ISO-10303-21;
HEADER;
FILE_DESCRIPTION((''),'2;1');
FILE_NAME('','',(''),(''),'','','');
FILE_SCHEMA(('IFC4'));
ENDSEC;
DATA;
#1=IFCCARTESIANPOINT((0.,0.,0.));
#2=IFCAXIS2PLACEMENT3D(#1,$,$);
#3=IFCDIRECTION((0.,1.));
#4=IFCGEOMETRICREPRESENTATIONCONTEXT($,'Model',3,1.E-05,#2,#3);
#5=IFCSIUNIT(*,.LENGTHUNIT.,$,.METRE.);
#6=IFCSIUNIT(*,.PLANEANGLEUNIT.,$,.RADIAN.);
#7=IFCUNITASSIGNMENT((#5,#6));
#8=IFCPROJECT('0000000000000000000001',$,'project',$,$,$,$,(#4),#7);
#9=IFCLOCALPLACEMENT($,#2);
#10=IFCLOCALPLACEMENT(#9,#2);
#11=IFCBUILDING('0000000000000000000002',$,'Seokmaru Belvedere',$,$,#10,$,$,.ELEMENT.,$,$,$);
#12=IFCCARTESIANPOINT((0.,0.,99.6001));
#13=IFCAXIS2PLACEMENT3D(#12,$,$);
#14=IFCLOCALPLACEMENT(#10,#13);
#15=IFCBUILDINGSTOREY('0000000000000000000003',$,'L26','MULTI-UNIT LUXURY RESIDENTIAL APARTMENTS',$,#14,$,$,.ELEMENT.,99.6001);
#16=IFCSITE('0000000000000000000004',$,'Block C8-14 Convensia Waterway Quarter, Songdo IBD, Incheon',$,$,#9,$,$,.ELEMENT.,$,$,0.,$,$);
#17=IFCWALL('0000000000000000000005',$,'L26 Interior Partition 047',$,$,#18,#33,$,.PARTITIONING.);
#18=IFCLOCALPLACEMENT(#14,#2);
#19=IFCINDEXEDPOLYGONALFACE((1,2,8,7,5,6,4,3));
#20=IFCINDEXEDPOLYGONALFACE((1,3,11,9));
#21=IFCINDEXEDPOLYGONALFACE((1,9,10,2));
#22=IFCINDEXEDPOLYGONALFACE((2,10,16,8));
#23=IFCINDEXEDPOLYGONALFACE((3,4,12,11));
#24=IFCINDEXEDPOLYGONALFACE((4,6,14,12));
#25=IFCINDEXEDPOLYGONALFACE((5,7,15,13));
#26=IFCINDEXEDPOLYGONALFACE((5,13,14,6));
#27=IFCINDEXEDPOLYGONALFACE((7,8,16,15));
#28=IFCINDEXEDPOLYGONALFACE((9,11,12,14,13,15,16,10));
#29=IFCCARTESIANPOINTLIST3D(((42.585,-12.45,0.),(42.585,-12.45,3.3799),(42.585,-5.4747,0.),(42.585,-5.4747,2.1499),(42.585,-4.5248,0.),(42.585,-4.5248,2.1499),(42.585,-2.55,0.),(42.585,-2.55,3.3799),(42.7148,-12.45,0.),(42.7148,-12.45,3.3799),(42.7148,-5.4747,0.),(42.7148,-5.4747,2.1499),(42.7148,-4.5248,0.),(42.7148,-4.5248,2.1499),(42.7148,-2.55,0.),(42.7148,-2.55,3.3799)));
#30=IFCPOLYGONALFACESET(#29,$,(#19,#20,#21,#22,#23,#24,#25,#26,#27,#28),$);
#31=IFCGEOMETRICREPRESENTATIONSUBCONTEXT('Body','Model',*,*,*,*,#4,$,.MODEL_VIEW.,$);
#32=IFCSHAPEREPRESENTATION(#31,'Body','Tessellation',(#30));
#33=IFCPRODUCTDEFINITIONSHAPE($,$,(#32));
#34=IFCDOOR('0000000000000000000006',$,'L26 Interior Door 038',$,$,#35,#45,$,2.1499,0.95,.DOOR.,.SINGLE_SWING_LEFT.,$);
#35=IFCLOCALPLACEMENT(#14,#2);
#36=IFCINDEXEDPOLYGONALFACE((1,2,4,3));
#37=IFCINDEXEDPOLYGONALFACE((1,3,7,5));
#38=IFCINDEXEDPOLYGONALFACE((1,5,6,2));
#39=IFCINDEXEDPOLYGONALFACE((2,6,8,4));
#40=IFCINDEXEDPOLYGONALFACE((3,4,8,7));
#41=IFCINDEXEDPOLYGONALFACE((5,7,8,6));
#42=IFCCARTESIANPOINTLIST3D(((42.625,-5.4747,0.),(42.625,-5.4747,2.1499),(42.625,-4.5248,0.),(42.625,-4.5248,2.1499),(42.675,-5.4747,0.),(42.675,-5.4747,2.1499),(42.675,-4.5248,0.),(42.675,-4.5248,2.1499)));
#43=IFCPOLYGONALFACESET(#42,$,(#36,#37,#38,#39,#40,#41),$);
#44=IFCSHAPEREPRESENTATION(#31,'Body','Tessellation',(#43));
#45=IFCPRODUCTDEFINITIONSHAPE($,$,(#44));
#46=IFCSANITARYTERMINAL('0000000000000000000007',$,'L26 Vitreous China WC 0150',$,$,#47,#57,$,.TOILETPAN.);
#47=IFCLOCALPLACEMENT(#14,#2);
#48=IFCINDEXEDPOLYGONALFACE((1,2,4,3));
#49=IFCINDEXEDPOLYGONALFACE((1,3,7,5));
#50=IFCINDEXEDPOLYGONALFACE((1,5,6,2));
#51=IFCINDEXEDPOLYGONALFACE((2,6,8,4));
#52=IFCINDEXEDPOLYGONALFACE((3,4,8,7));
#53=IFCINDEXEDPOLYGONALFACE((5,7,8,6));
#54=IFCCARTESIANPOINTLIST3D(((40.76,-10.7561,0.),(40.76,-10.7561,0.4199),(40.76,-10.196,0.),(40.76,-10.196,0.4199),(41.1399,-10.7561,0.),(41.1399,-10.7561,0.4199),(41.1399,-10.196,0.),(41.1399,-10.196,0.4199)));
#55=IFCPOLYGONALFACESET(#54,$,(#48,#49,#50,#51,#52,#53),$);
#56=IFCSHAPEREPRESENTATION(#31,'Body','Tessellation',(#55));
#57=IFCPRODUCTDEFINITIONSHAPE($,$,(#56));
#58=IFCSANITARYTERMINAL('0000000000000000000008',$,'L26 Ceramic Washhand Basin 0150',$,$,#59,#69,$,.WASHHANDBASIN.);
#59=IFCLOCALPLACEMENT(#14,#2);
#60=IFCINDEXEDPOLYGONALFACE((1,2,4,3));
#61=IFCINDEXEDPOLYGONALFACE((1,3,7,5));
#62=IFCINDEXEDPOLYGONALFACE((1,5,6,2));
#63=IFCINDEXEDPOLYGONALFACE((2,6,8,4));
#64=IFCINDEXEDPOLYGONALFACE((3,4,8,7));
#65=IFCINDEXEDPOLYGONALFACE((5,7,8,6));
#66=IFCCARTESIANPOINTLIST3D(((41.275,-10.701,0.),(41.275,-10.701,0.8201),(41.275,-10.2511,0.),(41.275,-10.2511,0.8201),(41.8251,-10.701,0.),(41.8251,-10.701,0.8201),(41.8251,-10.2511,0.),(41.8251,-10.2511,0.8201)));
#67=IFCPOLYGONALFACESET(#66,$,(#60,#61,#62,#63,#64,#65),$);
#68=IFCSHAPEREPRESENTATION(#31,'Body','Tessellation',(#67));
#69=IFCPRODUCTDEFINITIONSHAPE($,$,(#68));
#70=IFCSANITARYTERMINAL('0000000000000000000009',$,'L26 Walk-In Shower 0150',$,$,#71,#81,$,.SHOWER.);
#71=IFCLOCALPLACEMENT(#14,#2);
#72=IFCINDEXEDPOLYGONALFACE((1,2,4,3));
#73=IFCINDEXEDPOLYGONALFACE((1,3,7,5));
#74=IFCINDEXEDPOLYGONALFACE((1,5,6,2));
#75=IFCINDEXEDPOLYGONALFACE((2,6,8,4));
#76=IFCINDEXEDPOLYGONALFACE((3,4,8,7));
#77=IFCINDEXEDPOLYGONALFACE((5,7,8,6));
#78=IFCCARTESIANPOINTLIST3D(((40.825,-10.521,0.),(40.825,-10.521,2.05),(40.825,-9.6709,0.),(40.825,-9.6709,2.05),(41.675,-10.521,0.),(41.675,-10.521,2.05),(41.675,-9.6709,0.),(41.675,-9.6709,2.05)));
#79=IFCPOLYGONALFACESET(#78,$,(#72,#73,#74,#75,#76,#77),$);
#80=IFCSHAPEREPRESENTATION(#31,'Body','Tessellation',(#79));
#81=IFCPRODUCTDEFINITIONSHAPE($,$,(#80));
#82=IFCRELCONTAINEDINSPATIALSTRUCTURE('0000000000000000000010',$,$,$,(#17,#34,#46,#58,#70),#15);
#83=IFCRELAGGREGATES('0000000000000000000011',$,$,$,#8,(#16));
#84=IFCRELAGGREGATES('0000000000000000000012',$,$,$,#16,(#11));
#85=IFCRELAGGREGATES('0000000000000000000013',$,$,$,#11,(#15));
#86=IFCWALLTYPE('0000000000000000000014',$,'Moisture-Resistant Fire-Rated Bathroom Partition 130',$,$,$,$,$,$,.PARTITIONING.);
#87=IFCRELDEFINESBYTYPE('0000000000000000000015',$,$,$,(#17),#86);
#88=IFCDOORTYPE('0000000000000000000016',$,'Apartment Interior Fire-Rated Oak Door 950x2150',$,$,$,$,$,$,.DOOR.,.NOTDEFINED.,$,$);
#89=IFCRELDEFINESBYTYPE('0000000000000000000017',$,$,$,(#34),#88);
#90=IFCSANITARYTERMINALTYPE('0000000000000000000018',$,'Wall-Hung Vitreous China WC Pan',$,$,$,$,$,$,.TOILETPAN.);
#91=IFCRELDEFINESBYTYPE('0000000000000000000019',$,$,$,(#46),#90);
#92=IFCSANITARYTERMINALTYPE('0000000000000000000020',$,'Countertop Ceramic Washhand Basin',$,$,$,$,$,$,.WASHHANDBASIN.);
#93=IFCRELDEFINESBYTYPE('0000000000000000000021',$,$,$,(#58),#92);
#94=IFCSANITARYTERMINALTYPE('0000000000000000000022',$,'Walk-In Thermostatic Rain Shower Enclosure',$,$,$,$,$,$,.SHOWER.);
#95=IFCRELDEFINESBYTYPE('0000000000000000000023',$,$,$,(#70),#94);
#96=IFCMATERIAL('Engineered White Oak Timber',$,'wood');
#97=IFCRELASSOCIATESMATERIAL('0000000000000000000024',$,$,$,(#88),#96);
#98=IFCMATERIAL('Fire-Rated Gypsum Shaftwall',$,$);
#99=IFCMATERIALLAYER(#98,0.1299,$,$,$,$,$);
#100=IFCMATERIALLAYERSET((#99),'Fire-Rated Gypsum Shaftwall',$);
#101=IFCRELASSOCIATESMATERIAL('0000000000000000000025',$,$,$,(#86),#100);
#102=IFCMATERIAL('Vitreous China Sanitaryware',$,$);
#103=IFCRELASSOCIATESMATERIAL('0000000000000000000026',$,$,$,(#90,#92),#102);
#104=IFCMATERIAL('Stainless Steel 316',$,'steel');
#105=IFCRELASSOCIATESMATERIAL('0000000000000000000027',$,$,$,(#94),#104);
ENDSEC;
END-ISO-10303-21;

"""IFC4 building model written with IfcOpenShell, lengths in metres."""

from ifc_helpers import new_model, si_unit, direction, frame, frame_2d, origin, origin_2d, place, context, subcontext, project, spatial, rectangle, extrude, source, transform, mapped, material, layer, layer_set, type_object, type_shapes, element, fill, save


model = new_model("IFC4")

# Units and contexts
model_context = context("Model", 3, precision=1e-05, world=origin(), true_north=direction((0.0, 1.0)))
body_context = subcontext(model_context, "Body", "Model", "MODEL_VIEW")
ifc_project = project(units=[si_unit("LENGTHUNIT", "METRE"), si_unit("PLANEANGLEUNIT", "RADIAN")], contexts=[model_context])

# Site, building, storey
site_placement = place(None, origin())
site = spatial("IfcSite", under=ifc_project, at=site_placement, Name="Block C8-14 Convensia Waterway Quarter, Songdo IBD, Incheon", CompositionType="ELEMENT", RefElevation=0.0)
building_placement = place(site_placement, origin())
building = spatial("IfcBuilding", under=site, at=building_placement, Name="Seokmaru Belvedere", CompositionType="ELEMENT")
storey_placement = place(building_placement, frame((0.0, 0.0, 99.6001)))
storey = spatial("IfcBuildingStorey", under=building, at=storey_placement, Name="L26", Description="MULTI-UNIT LUXURY RESIDENTIAL APARTMENTS", CompositionType="ELEMENT", Elevation=99.6001)

# Shared definitions
ifc_material_1 = material(Name="Fire-Rated Gypsum Shaftwall")
ifc_material_2 = material(Name="Engineered White Oak Timber", Category="wood")
door_type_1 = type_object("IfcDoorType", Name="Apartment Interior Fire-Rated Oak Door 950x2150", OperationType="NOTDEFINED", PredefinedType="DOOR", material=ifc_material_2)
shared_shape_1 = source(origin(), body_context, "Body", "SweptSolid", [
    extrude(rectangle(XDim=0.95, YDim=2.1499, at=frame_2d((0.4751, 1.075))), frame((0.0, 0.0249, 0.0), z_axis=(0.0, -1.0, 0.0), x_axis=(1.0, 0.0, 0.0)), (0.0, 0.0, 1.0), 0.05),
])
type_shapes(door_type_1, [shared_shape_1])

# Wall, opening, door
ifc_layer_1 = layer(ifc_material_1, 0.1299)
ifc_layer_set_1 = layer_set([ifc_layer_1], Name="Fire-Rated Gypsum Shaftwall")
wall_type_1 = type_object("IfcWallType", Name="Moisture-Resistant Fire-Rated Bathroom Partition 130", PredefinedType="PARTITIONING", material=ifc_layer_set_1)
wall_1_placement = place(storey_placement, frame((42.6499, -12.45, 0.0), z_axis=(0.0, 0.0, 1.0), x_axis=(0.0, 1.0, 0.0)))
wall_1 = element("IfcWall", 1, at=wall_1_placement, inside=storey, type_object=wall_type_1, Name="L26 Interior Partition 047", PredefinedType="PARTITIONING", context=body_context, shape_type="SweptSolid", body=[
    extrude(rectangle(XDim=9.8999, YDim=0.1299, at=frame_2d((4.95, 0.0))), origin(), (0.0, 0.0, 1.0), 3.3799),
])
opening_1_placement = place(wall_1_placement, frame((6.9751, 0.0, 0.0)))
opening_1 = element("IfcOpeningElement", 2, at=opening_1_placement, cuts=wall_1, PredefinedType="OPENING", context=body_context, shape_type="SweptSolid", body=[
    extrude(rectangle(XDim=0.95, YDim=2.1499, at=frame_2d((0.4751, 1.075))), frame((0.0, 0.075, 0.0), z_axis=(0.0, -1.0, 0.0), x_axis=(1.0, 0.0, 0.0)), (0.0, 0.0, 1.0), 0.1499),
])
door_1_placement = place(opening_1_placement, origin())
door_1 = element("IfcDoor", 3, at=door_1_placement, inside=storey, type_object=door_type_1, Name="L26 Interior Door 038", OperationType="SINGLE_SWING_LEFT", OverallHeight=2.1499, OverallWidth=0.95, PredefinedType="DOOR", context=body_context, shape_type="MappedRepresentation", body=[
    mapped(shared_shape_1, transform((0.0, 0.0, 0.0), scale=1.0)),
])
fill(opening_1, door_1)

# Sanitary terminals
ifc_material_3 = material(Name="Vitreous China Sanitaryware")
sanitary_terminal_type_1 = type_object("IfcSanitaryTerminalType", Name="Wall-Hung Vitreous China WC Pan", PredefinedType="TOILETPAN", material=ifc_material_3)
shared_shape_2 = source(origin(), body_context, "Body", "SweptSolid", [
    extrude(rectangle(XDim=0.3799, YDim=0.5601, at=origin_2d()), origin(), (0.0, 0.0, 1.0), 0.4199),
])
type_shapes(sanitary_terminal_type_1, [shared_shape_2])
sanitary_terminal_1_placement = place(storey_placement, frame((40.95, -10.4761, 0.0), z_axis=(0.0, 0.0, 1.0), x_axis=(1.0, 0.0, 0.0)))
element("IfcSanitaryTerminal", 4, at=sanitary_terminal_1_placement, inside=storey, type_object=sanitary_terminal_type_1, Name="L26 Vitreous China WC 0150", PredefinedType="TOILETPAN", context=body_context, shape_type="MappedRepresentation", body=[
    mapped(shared_shape_2, transform((0.0, 0.0, 0.0), scale=1.0)),
])
sanitary_terminal_type_2 = type_object("IfcSanitaryTerminalType", Name="Countertop Ceramic Washhand Basin", PredefinedType="WASHHANDBASIN", material=ifc_material_3)
shared_shape_3 = source(origin(), body_context, "Body", "SweptSolid", [
    extrude(rectangle(XDim=0.55, YDim=0.45, at=origin_2d()), origin(), (0.0, 0.0, 1.0), 0.8201),
])
type_shapes(sanitary_terminal_type_2, [shared_shape_3])
sanitary_terminal_2_placement = place(storey_placement, frame((41.55, -10.4761, 0.0), z_axis=(0.0, 0.0, 1.0), x_axis=(1.0, 0.0, 0.0)))
element("IfcSanitaryTerminal", 5, at=sanitary_terminal_2_placement, inside=storey, type_object=sanitary_terminal_type_2, Name="L26 Ceramic Washhand Basin 0150", PredefinedType="WASHHANDBASIN", context=body_context, shape_type="MappedRepresentation", body=[
    mapped(shared_shape_3, transform((0.0, 0.0, 0.0), scale=1.0)),
])
ifc_material_4 = material(Name="Stainless Steel 316", Category="steel")
sanitary_terminal_type_3 = type_object("IfcSanitaryTerminalType", Name="Walk-In Thermostatic Rain Shower Enclosure", PredefinedType="SHOWER", material=ifc_material_4)
shared_shape_4 = source(origin(), body_context, "Body", "SweptSolid", [
    extrude(rectangle(XDim=0.8501, YDim=0.8501, at=origin_2d()), origin(), (0.0, 0.0, 1.0), 2.05),
])
type_shapes(sanitary_terminal_type_3, [shared_shape_4])
sanitary_terminal_3_placement = place(storey_placement, frame((41.25, -10.0959, 0.0), z_axis=(0.0, 0.0, 1.0), x_axis=(1.0, 0.0, 0.0)))
element("IfcSanitaryTerminal", 6, at=sanitary_terminal_3_placement, inside=storey, type_object=sanitary_terminal_type_3, Name="L26 Walk-In Shower 0150", PredefinedType="SHOWER", context=body_context, shape_type="MappedRepresentation", body=[
    mapped(shared_shape_4, transform((0.0, 0.0, 0.0), scale=1.0)),
])

save(model, "model.ifc")
